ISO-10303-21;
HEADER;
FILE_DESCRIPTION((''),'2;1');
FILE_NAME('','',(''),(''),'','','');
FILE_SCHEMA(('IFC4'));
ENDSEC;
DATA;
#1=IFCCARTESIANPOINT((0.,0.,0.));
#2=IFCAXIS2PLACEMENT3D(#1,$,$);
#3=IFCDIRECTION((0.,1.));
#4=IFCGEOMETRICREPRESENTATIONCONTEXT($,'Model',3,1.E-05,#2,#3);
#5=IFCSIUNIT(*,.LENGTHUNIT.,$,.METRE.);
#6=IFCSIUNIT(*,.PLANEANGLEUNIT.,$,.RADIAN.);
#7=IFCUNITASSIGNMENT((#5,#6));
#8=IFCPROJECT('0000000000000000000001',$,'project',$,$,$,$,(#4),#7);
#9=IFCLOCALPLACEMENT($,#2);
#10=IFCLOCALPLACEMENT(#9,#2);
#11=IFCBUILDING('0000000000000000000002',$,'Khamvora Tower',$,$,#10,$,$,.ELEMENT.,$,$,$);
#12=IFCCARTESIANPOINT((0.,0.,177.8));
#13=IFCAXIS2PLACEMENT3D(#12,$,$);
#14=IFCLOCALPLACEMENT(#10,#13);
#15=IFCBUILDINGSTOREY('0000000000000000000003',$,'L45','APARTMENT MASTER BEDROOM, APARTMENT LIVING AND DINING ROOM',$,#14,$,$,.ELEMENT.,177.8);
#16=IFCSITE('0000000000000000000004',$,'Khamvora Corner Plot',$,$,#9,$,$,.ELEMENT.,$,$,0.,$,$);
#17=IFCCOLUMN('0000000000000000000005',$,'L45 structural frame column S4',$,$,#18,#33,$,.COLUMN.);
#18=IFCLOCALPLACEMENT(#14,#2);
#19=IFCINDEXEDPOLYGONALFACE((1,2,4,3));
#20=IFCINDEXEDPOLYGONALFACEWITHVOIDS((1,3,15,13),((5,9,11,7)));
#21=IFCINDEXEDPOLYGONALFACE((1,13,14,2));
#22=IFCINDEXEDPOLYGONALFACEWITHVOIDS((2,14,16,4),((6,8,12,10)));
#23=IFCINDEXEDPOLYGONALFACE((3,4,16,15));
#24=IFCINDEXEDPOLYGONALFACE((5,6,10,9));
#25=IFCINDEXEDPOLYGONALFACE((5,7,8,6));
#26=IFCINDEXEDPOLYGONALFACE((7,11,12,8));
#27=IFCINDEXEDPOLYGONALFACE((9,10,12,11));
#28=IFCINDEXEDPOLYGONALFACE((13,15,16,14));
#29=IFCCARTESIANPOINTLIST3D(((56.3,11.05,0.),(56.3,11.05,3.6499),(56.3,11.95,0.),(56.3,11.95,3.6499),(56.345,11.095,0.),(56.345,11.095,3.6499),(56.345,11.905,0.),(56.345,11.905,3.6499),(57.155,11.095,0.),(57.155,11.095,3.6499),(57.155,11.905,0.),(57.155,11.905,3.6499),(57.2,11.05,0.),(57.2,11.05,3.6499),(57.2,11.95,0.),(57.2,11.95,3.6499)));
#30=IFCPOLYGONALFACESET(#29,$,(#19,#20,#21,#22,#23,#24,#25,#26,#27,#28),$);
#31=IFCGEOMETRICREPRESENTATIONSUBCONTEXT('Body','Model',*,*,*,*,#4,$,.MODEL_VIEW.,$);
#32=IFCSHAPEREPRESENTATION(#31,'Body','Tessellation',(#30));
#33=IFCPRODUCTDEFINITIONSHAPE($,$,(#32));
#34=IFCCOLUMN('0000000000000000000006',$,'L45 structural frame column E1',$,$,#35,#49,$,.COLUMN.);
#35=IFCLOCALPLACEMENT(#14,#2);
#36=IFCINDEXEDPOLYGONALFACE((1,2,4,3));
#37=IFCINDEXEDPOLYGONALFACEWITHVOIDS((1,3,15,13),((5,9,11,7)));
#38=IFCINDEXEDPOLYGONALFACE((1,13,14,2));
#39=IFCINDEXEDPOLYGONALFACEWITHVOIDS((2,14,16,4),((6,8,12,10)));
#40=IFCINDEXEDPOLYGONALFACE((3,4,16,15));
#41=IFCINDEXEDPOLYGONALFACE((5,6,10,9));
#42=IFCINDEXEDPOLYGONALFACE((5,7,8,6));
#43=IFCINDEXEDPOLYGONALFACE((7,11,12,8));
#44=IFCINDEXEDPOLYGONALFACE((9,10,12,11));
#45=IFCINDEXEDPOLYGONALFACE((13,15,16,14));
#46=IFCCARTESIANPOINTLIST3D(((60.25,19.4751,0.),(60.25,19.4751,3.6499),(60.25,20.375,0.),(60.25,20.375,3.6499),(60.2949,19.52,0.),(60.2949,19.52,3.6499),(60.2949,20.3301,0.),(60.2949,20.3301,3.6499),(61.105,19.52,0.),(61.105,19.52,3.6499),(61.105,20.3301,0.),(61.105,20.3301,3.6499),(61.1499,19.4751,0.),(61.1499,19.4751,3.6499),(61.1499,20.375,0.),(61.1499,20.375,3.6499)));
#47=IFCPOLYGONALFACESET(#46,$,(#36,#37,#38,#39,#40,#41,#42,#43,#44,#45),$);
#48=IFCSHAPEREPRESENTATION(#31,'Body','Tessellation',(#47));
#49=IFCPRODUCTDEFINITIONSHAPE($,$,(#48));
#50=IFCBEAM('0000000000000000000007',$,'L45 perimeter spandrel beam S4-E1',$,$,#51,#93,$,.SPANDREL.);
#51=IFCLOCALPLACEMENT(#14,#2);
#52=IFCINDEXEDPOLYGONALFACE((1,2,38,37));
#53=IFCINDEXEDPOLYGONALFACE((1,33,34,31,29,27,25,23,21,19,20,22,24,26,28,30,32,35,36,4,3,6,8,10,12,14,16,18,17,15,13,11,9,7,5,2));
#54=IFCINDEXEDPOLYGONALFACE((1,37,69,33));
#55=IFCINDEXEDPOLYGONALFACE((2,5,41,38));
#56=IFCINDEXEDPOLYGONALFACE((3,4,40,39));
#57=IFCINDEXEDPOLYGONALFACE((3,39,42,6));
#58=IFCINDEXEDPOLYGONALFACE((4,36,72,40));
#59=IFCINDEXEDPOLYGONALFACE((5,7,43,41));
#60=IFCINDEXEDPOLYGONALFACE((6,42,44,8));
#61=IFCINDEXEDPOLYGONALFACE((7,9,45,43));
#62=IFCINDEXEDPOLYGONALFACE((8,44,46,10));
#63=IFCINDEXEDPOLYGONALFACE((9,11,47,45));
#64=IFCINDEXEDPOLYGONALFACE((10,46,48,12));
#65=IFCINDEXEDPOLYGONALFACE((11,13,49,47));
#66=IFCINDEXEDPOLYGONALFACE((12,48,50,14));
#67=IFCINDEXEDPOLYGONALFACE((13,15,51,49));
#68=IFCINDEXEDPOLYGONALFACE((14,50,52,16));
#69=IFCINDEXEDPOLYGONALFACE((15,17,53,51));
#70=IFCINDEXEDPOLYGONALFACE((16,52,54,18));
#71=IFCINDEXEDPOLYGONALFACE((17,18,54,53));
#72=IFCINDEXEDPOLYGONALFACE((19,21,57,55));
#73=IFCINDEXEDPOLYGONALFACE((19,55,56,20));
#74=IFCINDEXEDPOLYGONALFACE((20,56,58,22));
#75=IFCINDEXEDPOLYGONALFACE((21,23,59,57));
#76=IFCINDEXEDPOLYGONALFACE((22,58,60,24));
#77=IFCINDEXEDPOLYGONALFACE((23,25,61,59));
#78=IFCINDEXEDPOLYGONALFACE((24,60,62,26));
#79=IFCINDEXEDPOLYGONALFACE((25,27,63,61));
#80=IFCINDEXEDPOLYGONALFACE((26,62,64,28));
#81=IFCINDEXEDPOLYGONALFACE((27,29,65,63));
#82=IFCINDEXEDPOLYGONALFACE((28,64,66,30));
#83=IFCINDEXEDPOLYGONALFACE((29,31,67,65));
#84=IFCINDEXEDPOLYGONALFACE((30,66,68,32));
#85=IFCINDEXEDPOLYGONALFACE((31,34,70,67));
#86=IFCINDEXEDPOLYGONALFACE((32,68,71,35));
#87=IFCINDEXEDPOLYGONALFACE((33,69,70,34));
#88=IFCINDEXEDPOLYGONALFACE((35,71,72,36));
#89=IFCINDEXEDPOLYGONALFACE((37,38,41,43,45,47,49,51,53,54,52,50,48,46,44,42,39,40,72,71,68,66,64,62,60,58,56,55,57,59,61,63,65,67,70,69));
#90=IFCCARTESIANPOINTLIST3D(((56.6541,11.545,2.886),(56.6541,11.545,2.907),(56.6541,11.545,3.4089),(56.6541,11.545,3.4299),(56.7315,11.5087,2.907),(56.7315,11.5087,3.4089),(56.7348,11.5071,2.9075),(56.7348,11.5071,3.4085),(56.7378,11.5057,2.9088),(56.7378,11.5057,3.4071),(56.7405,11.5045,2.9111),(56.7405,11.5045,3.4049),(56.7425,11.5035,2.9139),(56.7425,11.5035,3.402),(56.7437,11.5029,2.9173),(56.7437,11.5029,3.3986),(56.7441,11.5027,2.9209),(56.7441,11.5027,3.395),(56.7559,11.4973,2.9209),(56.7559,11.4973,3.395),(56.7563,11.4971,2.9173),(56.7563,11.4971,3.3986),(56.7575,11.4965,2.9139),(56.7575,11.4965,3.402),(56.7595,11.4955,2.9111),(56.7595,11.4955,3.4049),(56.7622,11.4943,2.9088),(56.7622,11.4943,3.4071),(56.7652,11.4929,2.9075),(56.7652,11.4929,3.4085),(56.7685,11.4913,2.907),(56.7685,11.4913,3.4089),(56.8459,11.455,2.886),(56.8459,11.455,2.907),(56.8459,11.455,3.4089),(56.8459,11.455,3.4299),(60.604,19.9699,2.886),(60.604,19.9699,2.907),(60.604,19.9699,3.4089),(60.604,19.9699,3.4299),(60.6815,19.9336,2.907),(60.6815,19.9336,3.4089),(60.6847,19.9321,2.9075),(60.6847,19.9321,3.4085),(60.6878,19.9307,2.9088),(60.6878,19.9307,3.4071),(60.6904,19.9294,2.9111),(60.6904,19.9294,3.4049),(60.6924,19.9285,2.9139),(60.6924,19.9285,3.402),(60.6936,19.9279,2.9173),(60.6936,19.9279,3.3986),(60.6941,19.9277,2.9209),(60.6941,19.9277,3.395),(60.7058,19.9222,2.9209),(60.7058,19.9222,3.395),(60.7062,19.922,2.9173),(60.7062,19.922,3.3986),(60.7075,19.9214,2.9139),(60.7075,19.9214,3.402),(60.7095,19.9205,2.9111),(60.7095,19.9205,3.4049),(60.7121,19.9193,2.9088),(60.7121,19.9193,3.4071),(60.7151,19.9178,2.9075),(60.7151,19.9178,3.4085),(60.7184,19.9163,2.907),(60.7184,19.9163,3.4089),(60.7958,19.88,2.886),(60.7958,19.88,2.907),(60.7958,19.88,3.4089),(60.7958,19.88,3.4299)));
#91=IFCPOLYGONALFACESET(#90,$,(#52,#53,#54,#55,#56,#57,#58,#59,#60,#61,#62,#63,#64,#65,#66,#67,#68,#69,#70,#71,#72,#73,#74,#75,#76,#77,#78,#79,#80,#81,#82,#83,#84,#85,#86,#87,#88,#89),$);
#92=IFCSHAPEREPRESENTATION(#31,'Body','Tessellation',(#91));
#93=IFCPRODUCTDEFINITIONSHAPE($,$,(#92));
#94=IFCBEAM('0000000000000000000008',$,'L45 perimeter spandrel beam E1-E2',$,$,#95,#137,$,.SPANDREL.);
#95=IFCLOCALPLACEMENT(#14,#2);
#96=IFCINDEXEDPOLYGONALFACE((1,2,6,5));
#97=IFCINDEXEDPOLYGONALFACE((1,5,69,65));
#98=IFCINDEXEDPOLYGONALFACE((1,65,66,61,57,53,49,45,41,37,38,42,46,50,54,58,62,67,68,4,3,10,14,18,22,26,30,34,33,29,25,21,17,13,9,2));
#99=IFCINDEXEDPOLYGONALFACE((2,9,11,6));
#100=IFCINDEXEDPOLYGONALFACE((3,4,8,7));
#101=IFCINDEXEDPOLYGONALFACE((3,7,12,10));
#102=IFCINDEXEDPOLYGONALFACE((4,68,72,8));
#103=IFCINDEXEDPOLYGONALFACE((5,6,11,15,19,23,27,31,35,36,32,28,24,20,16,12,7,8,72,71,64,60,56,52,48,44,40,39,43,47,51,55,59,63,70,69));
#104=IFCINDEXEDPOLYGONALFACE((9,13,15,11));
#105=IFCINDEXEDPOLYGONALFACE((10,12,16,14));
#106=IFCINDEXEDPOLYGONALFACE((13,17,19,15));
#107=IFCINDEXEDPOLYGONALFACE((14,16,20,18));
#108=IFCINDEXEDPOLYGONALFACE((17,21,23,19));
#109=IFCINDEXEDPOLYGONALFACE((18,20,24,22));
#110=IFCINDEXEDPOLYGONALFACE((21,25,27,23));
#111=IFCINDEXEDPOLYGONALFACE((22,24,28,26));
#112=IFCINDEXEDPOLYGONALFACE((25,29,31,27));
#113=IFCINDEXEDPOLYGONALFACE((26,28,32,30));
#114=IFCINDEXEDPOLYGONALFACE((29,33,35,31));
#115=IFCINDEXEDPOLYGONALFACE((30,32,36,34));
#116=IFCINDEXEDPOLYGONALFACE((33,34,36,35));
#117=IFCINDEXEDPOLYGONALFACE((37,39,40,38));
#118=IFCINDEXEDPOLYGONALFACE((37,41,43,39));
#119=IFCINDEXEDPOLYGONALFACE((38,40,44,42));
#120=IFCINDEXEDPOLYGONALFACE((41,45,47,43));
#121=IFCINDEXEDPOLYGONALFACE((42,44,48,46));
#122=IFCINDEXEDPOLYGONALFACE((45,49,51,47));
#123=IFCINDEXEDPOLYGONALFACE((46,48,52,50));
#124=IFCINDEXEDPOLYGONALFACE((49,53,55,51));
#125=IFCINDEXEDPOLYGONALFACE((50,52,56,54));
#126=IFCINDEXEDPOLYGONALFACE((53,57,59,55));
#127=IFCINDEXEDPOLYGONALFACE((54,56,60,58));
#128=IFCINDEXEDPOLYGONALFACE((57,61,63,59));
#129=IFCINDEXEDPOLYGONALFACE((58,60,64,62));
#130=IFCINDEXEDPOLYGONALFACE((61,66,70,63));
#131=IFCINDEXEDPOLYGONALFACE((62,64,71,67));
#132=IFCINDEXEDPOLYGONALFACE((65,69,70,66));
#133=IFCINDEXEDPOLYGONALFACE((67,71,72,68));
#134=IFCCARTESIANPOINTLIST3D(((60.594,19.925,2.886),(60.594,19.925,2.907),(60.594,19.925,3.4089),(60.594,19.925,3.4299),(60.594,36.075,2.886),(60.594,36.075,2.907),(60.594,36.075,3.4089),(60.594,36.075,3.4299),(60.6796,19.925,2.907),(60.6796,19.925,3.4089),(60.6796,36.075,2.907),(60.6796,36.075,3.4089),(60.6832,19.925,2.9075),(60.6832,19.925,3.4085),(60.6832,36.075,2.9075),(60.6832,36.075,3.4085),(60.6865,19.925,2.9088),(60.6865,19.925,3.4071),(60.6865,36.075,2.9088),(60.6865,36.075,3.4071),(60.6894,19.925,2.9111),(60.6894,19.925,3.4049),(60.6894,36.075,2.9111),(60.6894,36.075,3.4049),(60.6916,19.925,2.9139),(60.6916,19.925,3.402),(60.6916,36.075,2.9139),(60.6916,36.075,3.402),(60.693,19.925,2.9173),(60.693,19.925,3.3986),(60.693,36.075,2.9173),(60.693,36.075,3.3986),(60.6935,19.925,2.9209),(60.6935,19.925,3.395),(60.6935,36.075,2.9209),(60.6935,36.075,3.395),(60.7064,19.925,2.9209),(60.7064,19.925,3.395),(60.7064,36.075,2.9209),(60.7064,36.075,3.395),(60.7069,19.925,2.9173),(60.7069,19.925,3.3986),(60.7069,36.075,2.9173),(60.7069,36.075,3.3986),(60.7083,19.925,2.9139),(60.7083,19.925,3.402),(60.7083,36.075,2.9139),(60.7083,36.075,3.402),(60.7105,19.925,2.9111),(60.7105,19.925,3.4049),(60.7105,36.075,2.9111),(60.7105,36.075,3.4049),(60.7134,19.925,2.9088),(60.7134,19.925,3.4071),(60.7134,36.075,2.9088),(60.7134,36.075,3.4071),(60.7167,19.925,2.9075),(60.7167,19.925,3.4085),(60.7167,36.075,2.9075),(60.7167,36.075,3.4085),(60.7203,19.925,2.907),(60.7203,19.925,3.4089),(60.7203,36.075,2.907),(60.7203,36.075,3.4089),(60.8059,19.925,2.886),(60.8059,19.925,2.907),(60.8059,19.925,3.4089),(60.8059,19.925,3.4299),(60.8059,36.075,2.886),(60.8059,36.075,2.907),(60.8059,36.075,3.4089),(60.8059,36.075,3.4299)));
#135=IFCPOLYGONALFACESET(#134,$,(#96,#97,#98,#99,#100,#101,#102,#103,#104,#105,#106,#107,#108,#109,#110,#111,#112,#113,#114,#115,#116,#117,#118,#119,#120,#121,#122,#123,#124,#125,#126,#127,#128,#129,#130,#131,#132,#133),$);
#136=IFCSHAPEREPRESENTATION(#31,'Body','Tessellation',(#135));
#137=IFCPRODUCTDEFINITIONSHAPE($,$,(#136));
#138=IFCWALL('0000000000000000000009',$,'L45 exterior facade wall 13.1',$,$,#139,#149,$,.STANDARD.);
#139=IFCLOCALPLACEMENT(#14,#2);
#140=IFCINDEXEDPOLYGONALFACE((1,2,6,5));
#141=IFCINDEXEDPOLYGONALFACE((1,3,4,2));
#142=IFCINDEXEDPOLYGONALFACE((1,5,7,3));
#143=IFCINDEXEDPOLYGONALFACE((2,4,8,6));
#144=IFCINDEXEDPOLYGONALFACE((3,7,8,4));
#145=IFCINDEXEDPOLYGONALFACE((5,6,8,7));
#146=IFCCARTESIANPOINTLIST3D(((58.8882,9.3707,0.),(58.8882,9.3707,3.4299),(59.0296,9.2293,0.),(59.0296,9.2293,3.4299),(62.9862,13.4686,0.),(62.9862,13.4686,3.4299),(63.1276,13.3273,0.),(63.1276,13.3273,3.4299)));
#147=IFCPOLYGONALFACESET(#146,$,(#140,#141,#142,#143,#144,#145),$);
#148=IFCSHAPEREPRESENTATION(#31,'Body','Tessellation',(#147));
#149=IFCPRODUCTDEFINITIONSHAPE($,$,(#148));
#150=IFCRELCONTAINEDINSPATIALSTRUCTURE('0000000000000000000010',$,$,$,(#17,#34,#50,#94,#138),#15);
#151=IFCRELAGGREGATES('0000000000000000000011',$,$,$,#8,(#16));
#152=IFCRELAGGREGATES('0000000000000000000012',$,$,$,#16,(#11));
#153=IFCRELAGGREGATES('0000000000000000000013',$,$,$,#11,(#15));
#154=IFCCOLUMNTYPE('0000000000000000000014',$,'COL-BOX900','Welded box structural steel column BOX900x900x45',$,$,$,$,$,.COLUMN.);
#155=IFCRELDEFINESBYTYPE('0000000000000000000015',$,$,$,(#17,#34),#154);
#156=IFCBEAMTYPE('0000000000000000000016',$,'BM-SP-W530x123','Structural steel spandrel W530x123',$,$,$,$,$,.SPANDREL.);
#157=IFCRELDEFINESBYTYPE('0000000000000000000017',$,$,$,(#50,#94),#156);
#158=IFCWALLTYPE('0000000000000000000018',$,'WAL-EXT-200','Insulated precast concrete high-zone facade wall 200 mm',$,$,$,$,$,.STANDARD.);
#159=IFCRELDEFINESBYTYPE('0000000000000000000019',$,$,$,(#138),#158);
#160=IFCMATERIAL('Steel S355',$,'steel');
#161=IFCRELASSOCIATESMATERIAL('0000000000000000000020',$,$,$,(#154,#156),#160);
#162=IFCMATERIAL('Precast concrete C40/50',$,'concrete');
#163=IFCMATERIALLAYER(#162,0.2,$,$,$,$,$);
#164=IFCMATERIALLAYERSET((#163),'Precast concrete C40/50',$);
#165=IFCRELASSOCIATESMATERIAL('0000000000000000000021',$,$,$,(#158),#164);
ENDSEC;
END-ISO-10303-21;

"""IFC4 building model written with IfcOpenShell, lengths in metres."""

from ifc_helpers import new_model, si_unit, direction, frame, frame_2d, origin, origin_2d, place, context, subcontext, project, spatial, rectangle, hollow_rectangle, i_section, extrude, material, layer, layer_set, material_profile, profile_set, type_object, element, save


model = new_model("IFC4")

# Units and contexts
model_context = context("Model", 3, precision=1e-05, world=origin(), true_north=direction((0.0, 1.0)))
body_context = subcontext(model_context, "Body", "Model", "MODEL_VIEW")
ifc_project = project(units=[si_unit("LENGTHUNIT", "METRE"), si_unit("PLANEANGLEUNIT", "RADIAN")], contexts=[model_context])

# Site, building, storey
site_placement = place(None, origin())
site = spatial("IfcSite", under=ifc_project, at=site_placement, Name="Khamvora Corner Plot", CompositionType="ELEMENT", RefElevation=0.0)
building_placement = place(site_placement, origin())
building = spatial("IfcBuilding", under=site, at=building_placement, Name="Khamvora Tower", CompositionType="ELEMENT")
storey_placement = place(building_placement, frame((0.0, 0.0, 177.8)))
storey = spatial("IfcBuildingStorey", under=building, at=storey_placement, Name="L45", Description="APARTMENT MASTER BEDROOM, APARTMENT LIVING AND DINING ROOM", CompositionType="ELEMENT", Elevation=177.8)

# Columns
ifc_material_1 = material(Name="Steel S355", Category="steel")
ifc_material_profile_1 = material_profile(ifc_material_1, hollow_rectangle(XDim=0.8999, YDim=0.8999, WallThickness=0.0449, at=origin_2d()), Name="BOX900x900x45")
ifc_profile_set_1 = profile_set([ifc_material_profile_1], Name="Steel S355")
column_type = type_object("IfcColumnType", Name="COL-BOX900", Description="Welded box structural steel column BOX900x900x45", PredefinedType="COLUMN", material=ifc_profile_set_1)
for number, where, z_axis, x_axis, name in (
    (1, (56.75, 11.5, 0.0), (0.0, 0.0, 1.0), (1.0, 0.0, 0.0), "L45 structural frame column S4"),
    (2, (60.7, 19.925, 0.0), (0.0, 0.0, 1.0), (1.0, 0.0, 0.0), "L45 structural frame column E1"),
):
    element("IfcColumn", number, at=place(storey_placement, frame(where, z_axis=z_axis, x_axis=x_axis)), inside=storey, type_object=column_type, Name=name, PredefinedType="COLUMN", context=body_context, shape_type="SweptSolid", body=[
        extrude(hollow_rectangle(XDim=0.8999, YDim=0.8999, WallThickness=0.0449, at=origin_2d()), origin(), (0.0, 0.0, 1.0), 3.6499),
    ])

# Beams
ifc_material_profile_2 = material_profile(ifc_material_1, i_section(OverallWidth=0.2119, OverallDepth=0.5439, WebThickness=0.0129, FlangeThickness=0.021, FilletRadius=0.0139, at=origin_2d()), Name="W530x123")
ifc_profile_set_2 = profile_set([ifc_material_profile_2], Name="Steel S355")
beam_type = type_object("IfcBeamType", Name="BM-SP-W530x123", Description="Structural steel spandrel W530x123", PredefinedType="SPANDREL", material=ifc_profile_set_2)
beam_1_placement = place(storey_placement, frame((56.75, 11.5, 3.158), z_axis=(0.424496, 0.90543, 0.0), x_axis=(-0.90543, 0.424496, 0.0)))
element("IfcBeam", 3, at=beam_1_placement, inside=storey, type_object=beam_type, Name="L45 perimeter spandrel beam S4-E1", PredefinedType="SPANDREL", context=body_context, shape_type="SweptSolid", body=[
    extrude(i_section(OverallWidth=0.2119, OverallDepth=0.5439, WebThickness=0.0129, FlangeThickness=0.021, FilletRadius=0.0139, at=origin_2d()), origin(), (0.0, 0.0, 1.0), 9.3049),
])
beam_2_placement = place(storey_placement, frame((60.7, 19.925, 3.158), z_axis=(0.0, 1.0, 0.0), x_axis=(-1.0, 0.0, 0.0)))
element("IfcBeam", 4, at=beam_2_placement, inside=storey, type_object=beam_type, Name="L45 perimeter spandrel beam E1-E2", PredefinedType="SPANDREL", context=body_context, shape_type="SweptSolid", body=[
    extrude(i_section(OverallWidth=0.2119, OverallDepth=0.5439, WebThickness=0.0129, FlangeThickness=0.021, FilletRadius=0.0139, at=origin_2d()), origin(), (0.0, 0.0, 1.0), 16.1499),
])

# Wall
ifc_material_2 = material(Name="Precast concrete C40/50", Category="concrete")
ifc_layer_1 = layer(ifc_material_2, 0.2)
ifc_layer_set_1 = layer_set([ifc_layer_1], Name="Precast concrete C40/50")
wall_type_1 = type_object("IfcWallType", Name="WAL-EXT-200", Description="Insulated precast concrete high-zone facade wall 200 mm", PredefinedType="STANDARD", material=ifc_layer_set_1)
wall_1_placement = place(storey_placement, frame((63.0569, 13.3979, 0.0), z_axis=(0.0, 0.0, 1.0), x_axis=(-0.707107, -0.707107, 0.0)))
element("IfcWall", 5, at=wall_1_placement, inside=storey, type_object=wall_type_1, Name="L45 exterior facade wall 13.1", PredefinedType="STANDARD", context=body_context, shape_type="SweptSolid", body=[
    extrude(rectangle(XDim=5.7954, YDim=0.2, at=frame_2d((2.8977, 0.0))), origin(), (0.0, 0.0, 1.0), 3.4299),
])

save(model, "model.ifc")
